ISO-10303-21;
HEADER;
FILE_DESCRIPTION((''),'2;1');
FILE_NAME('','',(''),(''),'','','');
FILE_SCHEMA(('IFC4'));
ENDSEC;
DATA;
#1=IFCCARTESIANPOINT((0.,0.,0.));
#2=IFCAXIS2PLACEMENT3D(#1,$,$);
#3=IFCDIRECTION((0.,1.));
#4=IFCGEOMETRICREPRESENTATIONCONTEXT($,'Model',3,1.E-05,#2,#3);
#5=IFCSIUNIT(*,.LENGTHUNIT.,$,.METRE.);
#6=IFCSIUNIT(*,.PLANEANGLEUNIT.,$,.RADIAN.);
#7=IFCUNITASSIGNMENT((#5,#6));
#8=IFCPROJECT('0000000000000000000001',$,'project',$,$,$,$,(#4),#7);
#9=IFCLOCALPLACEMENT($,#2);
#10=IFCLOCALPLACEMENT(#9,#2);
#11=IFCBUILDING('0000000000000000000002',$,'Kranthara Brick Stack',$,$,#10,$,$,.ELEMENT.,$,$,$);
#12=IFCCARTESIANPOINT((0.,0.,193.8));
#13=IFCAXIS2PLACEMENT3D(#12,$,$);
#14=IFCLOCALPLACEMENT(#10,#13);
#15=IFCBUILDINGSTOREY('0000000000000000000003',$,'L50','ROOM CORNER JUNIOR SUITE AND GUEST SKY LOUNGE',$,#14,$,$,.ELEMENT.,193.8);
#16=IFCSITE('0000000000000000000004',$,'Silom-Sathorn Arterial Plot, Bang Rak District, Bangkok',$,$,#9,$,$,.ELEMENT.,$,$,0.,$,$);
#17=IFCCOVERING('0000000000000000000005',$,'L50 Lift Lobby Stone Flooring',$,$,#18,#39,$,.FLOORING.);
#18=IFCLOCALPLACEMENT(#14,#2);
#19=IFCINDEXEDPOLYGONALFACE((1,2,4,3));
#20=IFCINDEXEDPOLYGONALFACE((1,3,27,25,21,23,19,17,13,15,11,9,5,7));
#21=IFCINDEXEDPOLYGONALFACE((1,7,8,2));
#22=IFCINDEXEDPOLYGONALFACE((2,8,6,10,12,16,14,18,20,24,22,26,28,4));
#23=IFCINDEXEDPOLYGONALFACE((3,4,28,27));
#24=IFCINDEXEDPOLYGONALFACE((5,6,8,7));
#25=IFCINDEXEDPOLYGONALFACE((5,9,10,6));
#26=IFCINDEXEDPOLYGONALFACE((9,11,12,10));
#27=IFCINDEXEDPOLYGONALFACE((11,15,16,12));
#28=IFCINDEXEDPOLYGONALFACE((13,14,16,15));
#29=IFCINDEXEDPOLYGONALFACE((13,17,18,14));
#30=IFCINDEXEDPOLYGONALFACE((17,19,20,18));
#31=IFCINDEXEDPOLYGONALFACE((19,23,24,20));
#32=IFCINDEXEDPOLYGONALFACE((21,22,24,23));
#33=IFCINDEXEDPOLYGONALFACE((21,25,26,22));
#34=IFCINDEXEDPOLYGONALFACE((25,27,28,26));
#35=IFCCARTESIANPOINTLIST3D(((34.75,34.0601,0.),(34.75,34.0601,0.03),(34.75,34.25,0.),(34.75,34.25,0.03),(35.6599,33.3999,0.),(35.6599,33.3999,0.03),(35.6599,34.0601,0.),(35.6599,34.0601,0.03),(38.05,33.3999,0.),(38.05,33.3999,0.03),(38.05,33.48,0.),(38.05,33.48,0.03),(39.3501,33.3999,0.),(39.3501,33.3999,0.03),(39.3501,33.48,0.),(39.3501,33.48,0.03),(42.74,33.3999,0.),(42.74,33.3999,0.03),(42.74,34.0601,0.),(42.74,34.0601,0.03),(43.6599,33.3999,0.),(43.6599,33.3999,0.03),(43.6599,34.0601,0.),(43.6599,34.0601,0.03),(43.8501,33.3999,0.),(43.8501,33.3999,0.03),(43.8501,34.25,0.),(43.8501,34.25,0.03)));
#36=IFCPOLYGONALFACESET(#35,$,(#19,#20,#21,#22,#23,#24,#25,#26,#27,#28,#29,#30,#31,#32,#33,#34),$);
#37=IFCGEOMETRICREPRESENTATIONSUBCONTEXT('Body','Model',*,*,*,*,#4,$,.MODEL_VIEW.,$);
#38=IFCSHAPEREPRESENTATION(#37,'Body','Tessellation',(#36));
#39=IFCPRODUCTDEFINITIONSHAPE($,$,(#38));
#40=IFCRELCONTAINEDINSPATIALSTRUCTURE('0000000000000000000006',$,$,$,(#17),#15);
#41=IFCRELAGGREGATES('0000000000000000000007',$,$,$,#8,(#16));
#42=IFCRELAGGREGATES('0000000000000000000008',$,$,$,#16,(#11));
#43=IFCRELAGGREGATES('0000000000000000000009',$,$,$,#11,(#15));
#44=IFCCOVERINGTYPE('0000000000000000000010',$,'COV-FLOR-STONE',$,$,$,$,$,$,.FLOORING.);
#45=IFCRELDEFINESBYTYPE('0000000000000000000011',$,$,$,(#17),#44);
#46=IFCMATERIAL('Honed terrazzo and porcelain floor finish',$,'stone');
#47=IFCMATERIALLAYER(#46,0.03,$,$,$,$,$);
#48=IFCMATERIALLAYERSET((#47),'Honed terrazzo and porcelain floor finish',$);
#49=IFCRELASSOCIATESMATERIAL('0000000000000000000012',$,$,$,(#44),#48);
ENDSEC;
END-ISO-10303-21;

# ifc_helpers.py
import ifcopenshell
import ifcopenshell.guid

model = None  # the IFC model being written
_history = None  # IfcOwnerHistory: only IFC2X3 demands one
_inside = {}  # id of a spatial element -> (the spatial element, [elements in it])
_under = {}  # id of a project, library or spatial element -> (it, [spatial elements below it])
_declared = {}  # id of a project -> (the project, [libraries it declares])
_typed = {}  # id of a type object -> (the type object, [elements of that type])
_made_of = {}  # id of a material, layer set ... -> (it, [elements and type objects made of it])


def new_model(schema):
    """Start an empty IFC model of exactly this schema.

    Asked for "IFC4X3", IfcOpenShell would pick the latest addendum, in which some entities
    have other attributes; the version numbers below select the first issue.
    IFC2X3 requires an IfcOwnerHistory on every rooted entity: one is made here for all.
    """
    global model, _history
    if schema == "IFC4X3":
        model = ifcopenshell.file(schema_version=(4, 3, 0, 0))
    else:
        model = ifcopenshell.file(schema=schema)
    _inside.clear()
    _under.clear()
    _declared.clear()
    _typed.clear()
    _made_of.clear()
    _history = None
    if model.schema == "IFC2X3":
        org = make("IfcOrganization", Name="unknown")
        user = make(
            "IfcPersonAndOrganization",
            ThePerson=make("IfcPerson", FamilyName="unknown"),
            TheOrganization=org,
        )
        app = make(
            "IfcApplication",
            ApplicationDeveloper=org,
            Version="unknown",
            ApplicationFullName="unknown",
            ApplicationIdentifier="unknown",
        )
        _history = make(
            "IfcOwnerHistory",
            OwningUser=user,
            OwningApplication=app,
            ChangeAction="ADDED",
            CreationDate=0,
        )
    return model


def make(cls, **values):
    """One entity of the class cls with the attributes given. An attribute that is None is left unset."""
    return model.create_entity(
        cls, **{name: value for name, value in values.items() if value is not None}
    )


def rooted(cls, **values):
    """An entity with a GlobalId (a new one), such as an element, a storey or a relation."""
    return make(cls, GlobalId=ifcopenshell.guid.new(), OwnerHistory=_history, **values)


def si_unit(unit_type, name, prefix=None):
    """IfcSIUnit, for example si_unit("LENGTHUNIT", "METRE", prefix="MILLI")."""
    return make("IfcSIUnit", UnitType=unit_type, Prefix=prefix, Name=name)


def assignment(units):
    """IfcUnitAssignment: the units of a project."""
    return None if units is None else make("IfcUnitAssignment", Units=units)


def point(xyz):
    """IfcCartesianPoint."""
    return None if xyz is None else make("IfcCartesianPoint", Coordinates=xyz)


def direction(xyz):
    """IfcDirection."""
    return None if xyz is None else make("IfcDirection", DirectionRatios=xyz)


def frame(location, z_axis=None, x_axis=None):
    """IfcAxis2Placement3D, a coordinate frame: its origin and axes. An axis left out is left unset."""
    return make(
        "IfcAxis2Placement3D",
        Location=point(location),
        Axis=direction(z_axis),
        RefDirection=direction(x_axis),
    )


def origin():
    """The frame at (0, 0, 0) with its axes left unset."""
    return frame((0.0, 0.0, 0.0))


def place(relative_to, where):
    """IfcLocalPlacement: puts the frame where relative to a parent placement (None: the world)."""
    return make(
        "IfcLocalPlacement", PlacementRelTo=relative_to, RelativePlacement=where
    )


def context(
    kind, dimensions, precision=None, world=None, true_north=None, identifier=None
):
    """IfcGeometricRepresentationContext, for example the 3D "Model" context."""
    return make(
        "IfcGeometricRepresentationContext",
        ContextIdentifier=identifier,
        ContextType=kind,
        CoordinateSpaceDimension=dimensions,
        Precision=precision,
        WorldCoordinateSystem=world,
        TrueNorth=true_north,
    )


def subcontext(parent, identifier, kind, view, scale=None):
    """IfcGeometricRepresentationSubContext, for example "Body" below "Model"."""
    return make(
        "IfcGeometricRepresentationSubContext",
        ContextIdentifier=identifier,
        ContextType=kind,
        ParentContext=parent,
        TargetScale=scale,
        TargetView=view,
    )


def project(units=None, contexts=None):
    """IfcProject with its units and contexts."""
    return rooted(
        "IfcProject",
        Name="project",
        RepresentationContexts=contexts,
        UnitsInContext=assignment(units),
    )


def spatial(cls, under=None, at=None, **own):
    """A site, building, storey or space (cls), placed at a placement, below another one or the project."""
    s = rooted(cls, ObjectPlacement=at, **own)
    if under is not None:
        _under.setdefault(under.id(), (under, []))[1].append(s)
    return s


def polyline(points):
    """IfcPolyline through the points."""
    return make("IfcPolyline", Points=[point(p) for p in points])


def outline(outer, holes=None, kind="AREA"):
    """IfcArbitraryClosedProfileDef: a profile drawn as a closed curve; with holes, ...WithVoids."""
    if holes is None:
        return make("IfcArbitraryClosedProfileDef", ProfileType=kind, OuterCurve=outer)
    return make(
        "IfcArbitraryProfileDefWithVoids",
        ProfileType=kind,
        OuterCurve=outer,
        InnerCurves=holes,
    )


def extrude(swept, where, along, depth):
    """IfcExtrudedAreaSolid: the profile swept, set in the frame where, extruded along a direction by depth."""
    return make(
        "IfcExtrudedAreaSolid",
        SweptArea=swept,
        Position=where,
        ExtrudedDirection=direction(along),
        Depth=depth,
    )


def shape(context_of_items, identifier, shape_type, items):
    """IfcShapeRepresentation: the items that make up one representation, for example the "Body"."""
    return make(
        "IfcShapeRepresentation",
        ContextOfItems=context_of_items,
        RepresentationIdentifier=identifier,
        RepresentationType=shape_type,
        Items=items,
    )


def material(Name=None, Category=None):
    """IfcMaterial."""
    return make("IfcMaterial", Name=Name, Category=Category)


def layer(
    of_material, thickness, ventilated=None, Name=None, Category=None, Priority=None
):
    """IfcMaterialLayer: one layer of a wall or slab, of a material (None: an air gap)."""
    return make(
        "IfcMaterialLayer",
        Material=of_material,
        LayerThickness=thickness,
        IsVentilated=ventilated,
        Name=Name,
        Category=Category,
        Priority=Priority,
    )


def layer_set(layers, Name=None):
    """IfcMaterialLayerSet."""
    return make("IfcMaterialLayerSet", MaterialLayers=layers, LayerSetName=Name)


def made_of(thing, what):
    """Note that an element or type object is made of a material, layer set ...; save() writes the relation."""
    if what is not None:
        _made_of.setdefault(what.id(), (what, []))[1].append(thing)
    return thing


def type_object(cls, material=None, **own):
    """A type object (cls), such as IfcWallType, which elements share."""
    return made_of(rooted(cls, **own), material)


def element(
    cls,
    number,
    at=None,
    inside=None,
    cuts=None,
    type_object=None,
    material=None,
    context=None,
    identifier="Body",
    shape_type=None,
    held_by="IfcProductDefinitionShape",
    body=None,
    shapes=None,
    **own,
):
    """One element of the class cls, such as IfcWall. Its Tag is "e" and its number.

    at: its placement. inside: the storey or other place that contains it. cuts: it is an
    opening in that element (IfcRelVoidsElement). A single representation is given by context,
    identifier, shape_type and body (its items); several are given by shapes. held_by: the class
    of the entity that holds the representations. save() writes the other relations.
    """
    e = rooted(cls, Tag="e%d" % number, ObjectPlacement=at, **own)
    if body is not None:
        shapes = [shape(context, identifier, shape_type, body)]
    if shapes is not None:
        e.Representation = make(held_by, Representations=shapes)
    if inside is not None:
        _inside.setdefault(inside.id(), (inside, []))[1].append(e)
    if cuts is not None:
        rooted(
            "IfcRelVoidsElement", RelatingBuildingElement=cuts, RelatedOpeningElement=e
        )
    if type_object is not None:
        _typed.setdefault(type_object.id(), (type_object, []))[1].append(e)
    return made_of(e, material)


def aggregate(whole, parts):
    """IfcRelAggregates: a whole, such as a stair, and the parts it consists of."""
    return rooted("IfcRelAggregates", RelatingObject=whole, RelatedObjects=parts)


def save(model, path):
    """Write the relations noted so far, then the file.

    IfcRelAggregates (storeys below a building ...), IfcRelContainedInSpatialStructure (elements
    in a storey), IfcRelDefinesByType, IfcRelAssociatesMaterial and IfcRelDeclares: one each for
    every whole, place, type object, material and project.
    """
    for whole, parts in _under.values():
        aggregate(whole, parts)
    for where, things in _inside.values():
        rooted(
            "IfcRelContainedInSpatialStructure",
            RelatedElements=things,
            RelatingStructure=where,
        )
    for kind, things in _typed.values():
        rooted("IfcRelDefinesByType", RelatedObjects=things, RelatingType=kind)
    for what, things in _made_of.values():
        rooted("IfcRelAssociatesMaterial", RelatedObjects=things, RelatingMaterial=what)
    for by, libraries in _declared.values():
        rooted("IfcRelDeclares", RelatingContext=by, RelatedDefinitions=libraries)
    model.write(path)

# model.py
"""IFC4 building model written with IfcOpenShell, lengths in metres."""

from ifc_helpers import new_model, si_unit, direction, frame, origin, place, context, subcontext, project, spatial, polyline, outline, extrude, material, layer, layer_set, type_object, element, save


model = new_model("IFC4")

# Units and contexts
model_context = context("Model", 3, precision=1e-05, world=origin(), true_north=direction((0.0, 1.0)))
body_context = subcontext(model_context, "Body", "Model", "MODEL_VIEW")
ifc_project = project(units=[si_unit("LENGTHUNIT", "METRE"), si_unit("PLANEANGLEUNIT", "RADIAN")], contexts=[model_context])

# Site, building, storey
site_placement = place(None, origin())
site = spatial("IfcSite", under=ifc_project, at=site_placement, Name="Silom-Sathorn Arterial Plot, Bang Rak District, Bangkok", CompositionType="ELEMENT", RefElevation=0.0)
building_placement = place(site_placement, origin())
building = spatial("IfcBuilding", under=site, at=building_placement, Name="Kranthara Brick Stack", CompositionType="ELEMENT")
storey_placement = place(building_placement, frame((0.0, 0.0, 193.8)))
storey = spatial("IfcBuildingStorey", under=building, at=storey_placement, Name="L50", Description="ROOM CORNER JUNIOR SUITE AND GUEST SKY LOUNGE", CompositionType="ELEMENT", Elevation=193.8)

# Covering
ifc_material_1 = material(Name="Honed terrazzo and porcelain floor finish", Category="stone")
ifc_layer_1 = layer(ifc_material_1, 0.03)
ifc_layer_set_1 = layer_set([ifc_layer_1], Name="Honed terrazzo and porcelain floor finish")
covering_type_1 = type_object("IfcCoveringType", Name="COV-FLOR-STONE", PredefinedType="FLOORING", material=ifc_layer_set_1)
covering_1_placement = place(storey_placement, origin())
element("IfcCovering", 1, at=covering_1_placement, inside=storey, type_object=covering_type_1, Name="L50 Lift Lobby Stone Flooring", PredefinedType="FLOORING", context=body_context, shape_type="SweptSolid", body=[
    extrude(outline(polyline([(43.6599, 33.3999), (43.6599, 34.0601), (42.74, 34.0601), (42.74, 33.3999), (39.3501, 33.3999), (39.3501, 33.48), (38.05, 33.48), (38.05, 33.3999), (35.6599, 33.3999), (35.6599, 34.0601), (34.75, 34.0601), (34.75, 34.25), (43.8501, 34.25), (43.8501, 33.3999), (43.6599, 33.3999)])), origin(), (0.0, 0.0, 1.0), 0.03),
])

save(model, "model.ifc")
